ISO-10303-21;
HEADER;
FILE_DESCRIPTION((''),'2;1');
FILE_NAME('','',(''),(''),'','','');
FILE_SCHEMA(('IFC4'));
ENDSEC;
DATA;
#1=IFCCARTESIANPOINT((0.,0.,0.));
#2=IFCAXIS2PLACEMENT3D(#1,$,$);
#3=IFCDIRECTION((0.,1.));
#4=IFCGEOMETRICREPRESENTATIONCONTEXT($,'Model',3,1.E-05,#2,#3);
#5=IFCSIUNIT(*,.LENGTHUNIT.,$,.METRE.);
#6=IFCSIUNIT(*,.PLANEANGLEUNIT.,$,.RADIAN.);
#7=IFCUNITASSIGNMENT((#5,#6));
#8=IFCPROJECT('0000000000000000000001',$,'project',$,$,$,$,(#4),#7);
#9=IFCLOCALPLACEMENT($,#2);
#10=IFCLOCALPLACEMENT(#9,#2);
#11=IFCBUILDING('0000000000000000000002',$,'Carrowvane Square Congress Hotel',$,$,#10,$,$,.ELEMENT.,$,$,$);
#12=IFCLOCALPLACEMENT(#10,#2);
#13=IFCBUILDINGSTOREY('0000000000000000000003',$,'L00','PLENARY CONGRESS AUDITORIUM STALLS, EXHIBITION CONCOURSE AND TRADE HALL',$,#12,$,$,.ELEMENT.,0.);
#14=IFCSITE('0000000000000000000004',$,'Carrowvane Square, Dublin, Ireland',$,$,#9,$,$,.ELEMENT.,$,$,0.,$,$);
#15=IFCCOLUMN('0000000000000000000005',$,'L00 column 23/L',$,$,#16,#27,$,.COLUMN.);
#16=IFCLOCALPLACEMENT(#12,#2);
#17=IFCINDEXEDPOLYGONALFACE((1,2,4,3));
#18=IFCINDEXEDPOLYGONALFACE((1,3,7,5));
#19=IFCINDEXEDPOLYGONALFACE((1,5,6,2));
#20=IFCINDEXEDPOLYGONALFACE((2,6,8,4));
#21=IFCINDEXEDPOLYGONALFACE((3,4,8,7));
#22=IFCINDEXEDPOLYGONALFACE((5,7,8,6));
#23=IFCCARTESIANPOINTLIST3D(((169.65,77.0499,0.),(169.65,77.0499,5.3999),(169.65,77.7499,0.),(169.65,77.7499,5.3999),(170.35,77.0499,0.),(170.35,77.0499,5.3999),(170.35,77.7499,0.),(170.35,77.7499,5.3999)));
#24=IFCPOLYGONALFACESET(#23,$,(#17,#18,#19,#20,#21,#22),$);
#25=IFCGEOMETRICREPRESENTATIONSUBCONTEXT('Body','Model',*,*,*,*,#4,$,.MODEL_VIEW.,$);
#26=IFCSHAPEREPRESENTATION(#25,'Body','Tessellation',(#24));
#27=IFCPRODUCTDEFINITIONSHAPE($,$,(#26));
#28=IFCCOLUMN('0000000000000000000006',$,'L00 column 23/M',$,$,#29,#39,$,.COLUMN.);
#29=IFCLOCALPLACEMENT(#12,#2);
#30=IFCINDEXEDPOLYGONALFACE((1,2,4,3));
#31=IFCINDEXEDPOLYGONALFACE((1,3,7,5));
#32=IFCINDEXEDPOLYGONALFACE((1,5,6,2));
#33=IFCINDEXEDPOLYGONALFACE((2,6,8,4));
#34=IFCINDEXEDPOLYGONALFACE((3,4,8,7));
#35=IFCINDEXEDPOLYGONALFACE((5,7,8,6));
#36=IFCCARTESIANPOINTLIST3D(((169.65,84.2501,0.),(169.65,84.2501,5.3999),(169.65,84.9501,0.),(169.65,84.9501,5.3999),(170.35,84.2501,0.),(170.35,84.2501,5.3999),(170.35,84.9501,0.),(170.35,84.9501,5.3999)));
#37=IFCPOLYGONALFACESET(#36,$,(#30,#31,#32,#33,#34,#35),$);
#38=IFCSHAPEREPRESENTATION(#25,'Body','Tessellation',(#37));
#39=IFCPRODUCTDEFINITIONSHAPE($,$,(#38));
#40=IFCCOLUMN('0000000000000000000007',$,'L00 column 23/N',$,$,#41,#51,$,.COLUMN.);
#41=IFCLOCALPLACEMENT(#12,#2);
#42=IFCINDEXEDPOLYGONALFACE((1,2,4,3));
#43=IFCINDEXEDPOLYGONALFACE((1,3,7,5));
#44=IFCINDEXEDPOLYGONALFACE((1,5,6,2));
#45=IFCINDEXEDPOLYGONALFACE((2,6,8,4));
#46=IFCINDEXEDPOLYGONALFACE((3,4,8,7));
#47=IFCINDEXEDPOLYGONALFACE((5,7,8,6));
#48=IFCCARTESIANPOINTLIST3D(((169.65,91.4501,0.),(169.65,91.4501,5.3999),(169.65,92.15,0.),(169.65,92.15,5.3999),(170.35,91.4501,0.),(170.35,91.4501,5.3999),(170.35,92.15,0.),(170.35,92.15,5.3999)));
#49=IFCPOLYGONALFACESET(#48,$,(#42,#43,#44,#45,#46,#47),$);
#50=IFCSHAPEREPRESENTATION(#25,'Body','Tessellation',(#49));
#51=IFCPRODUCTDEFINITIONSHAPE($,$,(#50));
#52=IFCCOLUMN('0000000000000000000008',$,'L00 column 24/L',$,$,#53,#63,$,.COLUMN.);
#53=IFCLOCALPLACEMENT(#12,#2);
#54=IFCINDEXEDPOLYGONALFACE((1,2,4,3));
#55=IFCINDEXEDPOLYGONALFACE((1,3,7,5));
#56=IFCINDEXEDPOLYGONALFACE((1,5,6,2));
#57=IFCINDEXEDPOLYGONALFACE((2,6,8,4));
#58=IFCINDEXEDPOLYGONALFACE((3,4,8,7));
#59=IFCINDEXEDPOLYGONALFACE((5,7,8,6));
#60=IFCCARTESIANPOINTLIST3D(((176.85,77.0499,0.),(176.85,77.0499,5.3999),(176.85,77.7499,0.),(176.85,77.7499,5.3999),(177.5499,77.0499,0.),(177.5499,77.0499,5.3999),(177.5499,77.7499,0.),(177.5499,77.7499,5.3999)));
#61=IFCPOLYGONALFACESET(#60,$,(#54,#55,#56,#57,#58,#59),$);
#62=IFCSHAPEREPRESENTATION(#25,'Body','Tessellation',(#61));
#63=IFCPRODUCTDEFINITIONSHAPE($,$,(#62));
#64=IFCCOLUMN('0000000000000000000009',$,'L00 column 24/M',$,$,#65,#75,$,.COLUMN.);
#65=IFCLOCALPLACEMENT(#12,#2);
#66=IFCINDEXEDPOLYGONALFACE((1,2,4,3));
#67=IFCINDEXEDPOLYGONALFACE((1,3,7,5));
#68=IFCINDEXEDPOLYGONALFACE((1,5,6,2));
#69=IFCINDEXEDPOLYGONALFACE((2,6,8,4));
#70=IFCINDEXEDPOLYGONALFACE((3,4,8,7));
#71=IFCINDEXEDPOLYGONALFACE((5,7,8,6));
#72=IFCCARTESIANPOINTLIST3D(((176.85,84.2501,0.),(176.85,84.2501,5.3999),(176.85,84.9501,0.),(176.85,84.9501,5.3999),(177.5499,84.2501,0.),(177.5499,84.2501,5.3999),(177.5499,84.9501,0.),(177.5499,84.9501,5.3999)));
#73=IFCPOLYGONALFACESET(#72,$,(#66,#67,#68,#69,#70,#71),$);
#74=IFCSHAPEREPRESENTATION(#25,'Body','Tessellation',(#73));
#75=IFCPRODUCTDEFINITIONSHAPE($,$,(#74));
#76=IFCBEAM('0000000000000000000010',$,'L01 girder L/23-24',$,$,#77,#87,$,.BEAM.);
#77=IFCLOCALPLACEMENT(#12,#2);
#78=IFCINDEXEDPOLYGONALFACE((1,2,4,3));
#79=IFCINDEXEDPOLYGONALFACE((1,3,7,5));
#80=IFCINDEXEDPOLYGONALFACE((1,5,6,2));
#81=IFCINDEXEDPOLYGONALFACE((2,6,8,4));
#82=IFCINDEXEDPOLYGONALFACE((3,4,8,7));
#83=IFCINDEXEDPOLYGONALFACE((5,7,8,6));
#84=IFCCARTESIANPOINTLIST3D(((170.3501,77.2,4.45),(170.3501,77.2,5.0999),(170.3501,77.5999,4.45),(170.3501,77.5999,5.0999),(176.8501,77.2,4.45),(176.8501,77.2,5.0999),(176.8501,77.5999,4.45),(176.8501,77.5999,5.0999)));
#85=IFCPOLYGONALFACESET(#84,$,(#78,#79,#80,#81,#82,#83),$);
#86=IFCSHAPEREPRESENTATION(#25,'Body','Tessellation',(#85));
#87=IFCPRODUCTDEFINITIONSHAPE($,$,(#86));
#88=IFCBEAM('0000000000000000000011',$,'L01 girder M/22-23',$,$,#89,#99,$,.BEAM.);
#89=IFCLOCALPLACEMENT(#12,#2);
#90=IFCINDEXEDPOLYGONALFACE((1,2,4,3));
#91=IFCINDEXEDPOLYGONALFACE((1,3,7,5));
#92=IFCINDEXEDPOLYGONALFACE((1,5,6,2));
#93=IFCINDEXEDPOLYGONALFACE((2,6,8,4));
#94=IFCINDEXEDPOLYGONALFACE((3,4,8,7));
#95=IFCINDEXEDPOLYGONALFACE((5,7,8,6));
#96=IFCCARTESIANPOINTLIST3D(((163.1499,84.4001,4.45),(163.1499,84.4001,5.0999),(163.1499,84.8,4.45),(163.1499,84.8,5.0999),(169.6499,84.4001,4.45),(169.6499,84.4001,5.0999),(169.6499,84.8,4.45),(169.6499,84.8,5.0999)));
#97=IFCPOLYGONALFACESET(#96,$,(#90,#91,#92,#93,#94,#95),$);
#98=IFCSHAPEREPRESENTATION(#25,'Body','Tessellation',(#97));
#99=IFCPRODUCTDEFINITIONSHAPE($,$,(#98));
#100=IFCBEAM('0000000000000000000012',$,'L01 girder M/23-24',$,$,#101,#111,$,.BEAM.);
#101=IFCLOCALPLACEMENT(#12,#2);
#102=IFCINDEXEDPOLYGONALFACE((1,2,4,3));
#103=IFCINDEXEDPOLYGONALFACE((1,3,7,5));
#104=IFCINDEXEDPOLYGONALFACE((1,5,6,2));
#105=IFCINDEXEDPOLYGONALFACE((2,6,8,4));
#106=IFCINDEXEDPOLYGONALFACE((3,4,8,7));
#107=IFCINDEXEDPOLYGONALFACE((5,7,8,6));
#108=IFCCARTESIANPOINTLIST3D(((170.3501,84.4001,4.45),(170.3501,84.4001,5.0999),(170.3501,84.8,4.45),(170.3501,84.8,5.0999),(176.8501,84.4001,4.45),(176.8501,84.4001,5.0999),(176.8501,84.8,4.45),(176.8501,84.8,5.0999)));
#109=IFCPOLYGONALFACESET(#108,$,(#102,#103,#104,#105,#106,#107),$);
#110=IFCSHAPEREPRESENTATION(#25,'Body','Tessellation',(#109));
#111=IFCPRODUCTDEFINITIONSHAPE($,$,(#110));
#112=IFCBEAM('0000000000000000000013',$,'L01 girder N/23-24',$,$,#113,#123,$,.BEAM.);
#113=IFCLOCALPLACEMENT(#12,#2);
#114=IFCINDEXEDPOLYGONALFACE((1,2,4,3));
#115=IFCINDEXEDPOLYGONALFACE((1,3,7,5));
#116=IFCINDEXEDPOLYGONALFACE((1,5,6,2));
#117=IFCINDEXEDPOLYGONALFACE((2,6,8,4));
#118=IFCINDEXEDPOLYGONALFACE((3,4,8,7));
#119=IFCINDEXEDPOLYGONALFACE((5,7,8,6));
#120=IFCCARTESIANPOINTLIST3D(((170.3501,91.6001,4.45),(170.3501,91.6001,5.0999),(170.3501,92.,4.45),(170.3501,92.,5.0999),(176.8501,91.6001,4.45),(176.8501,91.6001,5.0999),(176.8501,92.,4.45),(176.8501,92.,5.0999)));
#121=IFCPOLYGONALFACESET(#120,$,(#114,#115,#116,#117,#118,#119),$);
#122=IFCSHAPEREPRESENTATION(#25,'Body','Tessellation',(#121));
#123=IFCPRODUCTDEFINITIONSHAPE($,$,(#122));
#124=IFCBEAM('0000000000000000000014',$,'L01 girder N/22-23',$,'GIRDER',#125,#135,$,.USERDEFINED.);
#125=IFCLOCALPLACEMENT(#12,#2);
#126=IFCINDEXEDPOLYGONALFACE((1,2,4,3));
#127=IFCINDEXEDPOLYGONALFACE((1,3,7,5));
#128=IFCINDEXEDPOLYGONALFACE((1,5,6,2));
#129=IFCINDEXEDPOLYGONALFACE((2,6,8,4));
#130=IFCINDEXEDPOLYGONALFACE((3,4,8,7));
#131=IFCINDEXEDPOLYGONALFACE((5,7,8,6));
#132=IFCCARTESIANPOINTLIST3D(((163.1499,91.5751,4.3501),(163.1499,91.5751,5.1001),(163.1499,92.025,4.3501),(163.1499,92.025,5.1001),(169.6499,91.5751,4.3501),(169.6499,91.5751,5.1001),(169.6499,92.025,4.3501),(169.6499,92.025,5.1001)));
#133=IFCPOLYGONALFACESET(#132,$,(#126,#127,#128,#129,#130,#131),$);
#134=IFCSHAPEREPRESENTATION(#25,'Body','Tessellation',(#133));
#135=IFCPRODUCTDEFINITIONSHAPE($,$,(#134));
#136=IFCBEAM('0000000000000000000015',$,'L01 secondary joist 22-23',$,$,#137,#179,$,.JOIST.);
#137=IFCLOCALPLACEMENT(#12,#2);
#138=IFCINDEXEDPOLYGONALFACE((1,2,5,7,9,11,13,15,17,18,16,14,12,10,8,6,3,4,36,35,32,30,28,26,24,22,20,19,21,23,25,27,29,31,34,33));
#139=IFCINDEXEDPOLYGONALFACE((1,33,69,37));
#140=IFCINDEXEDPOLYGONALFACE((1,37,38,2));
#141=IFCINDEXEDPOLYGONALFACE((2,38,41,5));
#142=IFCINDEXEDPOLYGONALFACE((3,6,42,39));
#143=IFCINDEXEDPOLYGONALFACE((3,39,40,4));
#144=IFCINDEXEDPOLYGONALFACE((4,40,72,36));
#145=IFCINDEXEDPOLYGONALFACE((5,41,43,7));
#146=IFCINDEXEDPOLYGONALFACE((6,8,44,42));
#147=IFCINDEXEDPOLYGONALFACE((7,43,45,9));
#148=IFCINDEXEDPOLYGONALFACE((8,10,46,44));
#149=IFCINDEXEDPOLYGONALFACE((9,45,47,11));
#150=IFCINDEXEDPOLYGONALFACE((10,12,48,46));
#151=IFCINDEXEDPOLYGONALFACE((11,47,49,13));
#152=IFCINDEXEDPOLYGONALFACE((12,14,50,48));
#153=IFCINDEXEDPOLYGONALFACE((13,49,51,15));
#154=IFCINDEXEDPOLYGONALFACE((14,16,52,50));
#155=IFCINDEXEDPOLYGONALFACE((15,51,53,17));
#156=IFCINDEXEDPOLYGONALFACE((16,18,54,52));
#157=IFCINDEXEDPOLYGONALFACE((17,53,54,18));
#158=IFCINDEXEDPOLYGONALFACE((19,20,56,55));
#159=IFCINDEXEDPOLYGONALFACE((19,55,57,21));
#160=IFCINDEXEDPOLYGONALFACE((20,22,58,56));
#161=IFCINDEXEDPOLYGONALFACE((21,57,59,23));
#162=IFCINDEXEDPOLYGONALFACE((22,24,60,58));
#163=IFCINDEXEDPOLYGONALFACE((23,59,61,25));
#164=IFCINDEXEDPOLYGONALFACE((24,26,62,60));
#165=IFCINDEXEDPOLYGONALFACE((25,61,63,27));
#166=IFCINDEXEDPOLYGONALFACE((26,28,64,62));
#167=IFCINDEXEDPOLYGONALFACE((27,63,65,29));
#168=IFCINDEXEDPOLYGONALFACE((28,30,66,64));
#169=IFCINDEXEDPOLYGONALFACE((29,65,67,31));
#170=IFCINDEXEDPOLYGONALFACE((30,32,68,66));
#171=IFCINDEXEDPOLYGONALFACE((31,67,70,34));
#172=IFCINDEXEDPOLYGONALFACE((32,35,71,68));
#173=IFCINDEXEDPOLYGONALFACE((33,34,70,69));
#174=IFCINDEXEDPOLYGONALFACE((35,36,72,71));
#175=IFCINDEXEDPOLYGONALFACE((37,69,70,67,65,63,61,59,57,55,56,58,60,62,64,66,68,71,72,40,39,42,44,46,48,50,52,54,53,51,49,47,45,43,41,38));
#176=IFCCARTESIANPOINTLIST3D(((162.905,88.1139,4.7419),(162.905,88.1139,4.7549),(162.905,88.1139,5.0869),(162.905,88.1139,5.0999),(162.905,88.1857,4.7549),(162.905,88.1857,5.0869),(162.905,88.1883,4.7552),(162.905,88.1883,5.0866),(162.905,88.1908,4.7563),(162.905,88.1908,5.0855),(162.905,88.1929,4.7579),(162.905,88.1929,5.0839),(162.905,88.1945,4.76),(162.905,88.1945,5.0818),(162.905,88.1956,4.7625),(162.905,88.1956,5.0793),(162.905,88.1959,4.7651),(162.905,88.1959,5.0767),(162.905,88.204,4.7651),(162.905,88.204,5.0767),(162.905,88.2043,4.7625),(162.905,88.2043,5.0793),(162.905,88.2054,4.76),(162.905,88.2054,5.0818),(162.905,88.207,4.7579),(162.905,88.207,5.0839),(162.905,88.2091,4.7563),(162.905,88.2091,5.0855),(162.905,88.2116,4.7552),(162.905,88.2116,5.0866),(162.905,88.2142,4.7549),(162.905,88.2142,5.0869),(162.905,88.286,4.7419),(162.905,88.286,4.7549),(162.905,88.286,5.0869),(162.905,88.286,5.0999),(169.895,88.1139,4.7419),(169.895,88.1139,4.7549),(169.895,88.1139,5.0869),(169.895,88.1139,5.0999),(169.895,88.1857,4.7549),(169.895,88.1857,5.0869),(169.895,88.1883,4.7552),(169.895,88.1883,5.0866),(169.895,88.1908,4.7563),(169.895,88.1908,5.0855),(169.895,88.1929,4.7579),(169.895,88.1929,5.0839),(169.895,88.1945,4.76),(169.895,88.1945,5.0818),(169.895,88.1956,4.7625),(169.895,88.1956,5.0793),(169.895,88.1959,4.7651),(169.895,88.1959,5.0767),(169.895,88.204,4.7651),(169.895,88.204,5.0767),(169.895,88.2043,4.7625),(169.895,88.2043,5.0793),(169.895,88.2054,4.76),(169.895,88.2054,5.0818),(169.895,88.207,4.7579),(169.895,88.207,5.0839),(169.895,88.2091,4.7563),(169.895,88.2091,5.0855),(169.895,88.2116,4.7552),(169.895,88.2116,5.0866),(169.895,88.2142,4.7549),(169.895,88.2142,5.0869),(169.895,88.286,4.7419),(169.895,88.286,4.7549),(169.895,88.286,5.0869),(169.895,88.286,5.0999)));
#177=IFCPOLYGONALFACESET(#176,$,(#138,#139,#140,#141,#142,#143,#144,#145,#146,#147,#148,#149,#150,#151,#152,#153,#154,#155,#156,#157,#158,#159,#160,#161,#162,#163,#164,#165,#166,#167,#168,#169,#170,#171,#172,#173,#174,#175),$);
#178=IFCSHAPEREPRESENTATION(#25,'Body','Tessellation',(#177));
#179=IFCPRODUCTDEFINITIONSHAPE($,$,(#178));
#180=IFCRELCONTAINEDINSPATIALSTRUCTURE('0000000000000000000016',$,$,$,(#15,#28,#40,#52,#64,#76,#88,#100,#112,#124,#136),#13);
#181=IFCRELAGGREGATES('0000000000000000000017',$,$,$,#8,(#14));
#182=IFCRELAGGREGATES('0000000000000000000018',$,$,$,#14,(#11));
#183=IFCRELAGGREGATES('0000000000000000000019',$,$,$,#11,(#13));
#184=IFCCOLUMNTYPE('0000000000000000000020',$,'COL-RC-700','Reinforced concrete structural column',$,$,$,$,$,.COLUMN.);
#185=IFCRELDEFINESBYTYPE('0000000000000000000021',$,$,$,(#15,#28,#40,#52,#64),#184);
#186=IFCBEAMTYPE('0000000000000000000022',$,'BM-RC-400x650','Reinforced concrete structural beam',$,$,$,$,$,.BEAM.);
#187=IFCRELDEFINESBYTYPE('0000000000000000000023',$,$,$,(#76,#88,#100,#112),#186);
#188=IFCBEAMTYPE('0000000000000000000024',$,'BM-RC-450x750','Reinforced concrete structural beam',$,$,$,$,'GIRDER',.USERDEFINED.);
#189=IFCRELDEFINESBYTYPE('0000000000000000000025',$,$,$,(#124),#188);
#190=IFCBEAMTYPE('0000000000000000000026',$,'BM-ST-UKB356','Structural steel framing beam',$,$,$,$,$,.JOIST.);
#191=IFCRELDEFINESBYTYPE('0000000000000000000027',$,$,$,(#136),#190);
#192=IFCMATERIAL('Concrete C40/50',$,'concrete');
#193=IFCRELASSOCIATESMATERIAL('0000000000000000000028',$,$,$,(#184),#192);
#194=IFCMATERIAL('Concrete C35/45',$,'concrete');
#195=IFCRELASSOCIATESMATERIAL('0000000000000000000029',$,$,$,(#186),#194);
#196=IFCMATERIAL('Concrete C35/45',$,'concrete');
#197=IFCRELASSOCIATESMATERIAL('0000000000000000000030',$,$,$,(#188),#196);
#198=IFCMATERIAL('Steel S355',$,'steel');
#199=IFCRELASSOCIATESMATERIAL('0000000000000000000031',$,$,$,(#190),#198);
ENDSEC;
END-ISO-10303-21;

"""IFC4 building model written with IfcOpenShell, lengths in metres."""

from ifc_helpers import new_model, si_unit, direction, frame, origin, origin_2d, place, context, subcontext, project, spatial, rectangle, i_section, extrude, material, material_profile, profile_set, type_object, element, save


model = new_model("IFC4")

# Units and contexts
model_context = context("Model", 3, precision=1e-05, world=origin(), true_north=direction((0.0, 1.0)))
body_context = subcontext(model_context, "Body", "Model", "MODEL_VIEW")
ifc_project = project(units=[si_unit("LENGTHUNIT", "METRE"), si_unit("PLANEANGLEUNIT", "RADIAN")], contexts=[model_context])

# Site, building, storey
site_placement = place(None, origin())
site = spatial("IfcSite", under=ifc_project, at=site_placement, Name="Carrowvane Square, Dublin, Ireland", CompositionType="ELEMENT", RefElevation=0.0)
building_placement = place(site_placement, origin())
building = spatial("IfcBuilding", under=site, at=building_placement, Name="Carrowvane Square Congress Hotel", CompositionType="ELEMENT")
storey_placement = place(building_placement, origin())
storey = spatial("IfcBuildingStorey", under=building, at=storey_placement, Name="L00", Description="PLENARY CONGRESS AUDITORIUM STALLS, EXHIBITION CONCOURSE AND TRADE HALL", CompositionType="ELEMENT", Elevation=0.0)

# Columns
ifc_material_1 = material(Name="Concrete C40/50", Category="concrete")
ifc_material_profile_1 = material_profile(ifc_material_1, rectangle(XDim=0.7, YDim=0.7, at=origin_2d()), Name="RC 700x700")
ifc_profile_set_1 = profile_set([ifc_material_profile_1], Name="Concrete C40/50")
column_type = type_object("IfcColumnType", Name="COL-RC-700", Description="Reinforced concrete structural column", PredefinedType="COLUMN", material=ifc_profile_set_1)
for number, where, z_axis, x_axis, name in (
    (1, (170.0, 77.3999, 0.0), (0.0, 0.0, 1.0), (1.0, 0.0, 0.0), "L00 column 23/L"),
    (2, (170.0, 84.6001, 0.0), (0.0, 0.0, 1.0), (1.0, 0.0, 0.0), "L00 column 23/M"),
    (3, (170.0, 91.8, 0.0), (0.0, 0.0, 1.0), (1.0, 0.0, 0.0), "L00 column 23/N"),
    (4, (177.2, 77.3999, 0.0), (0.0, 0.0, 1.0), (1.0, 0.0, 0.0), "L00 column 24/L"),
    (5, (177.2, 84.6001, 0.0), (0.0, 0.0, 1.0), (1.0, 0.0, 0.0), "L00 column 24/M"),
):
    element("IfcColumn", number, at=place(storey_placement, frame(where, z_axis=z_axis, x_axis=x_axis)), inside=storey, type_object=column_type, Name=name, PredefinedType="COLUMN", context=body_context, shape_type="SweptSolid", body=[
        extrude(rectangle(XDim=0.7, YDim=0.7, at=origin_2d()), origin(), (0.0, 0.0, 1.0), 5.3999),
    ])

# Beams
ifc_material_2 = material(Name="Concrete C35/45", Category="concrete")
ifc_material_profile_2 = material_profile(ifc_material_2, rectangle(XDim=0.3999, YDim=0.6499, at=origin_2d()), Name="RC 400x650")
ifc_profile_set_2 = profile_set([ifc_material_profile_2], Name="Concrete C35/45")
beam_type_1 = type_object("IfcBeamType", Name="BM-RC-400x650", Description="Reinforced concrete structural beam", PredefinedType="BEAM", material=ifc_profile_set_2)
for number, where, z_axis, x_axis, name in (
    (6, (170.3501, 77.3999, 4.7749), (1.0, 0.0, 0.0), (0.0, 1.0, 0.0), "L01 girder L/23-24"),
    (7, (163.1499, 84.6001, 4.7749), (1.0, 0.0, 0.0), (0.0, 1.0, 0.0), "L01 girder M/22-23"),
    (8, (170.3501, 84.6001, 4.7749), (1.0, 0.0, 0.0), (0.0, 1.0, 0.0), "L01 girder M/23-24"),
    (9, (170.3501, 91.8, 4.7749), (1.0, 0.0, 0.0), (0.0, 1.0, 0.0), "L01 girder N/23-24"),
):
    element("IfcBeam", number, at=place(storey_placement, frame(where, z_axis=z_axis, x_axis=x_axis)), inside=storey, type_object=beam_type_1, Name=name, PredefinedType="BEAM", context=body_context, shape_type="SweptSolid", body=[
        extrude(rectangle(XDim=0.3999, YDim=0.6499, at=origin_2d()), origin(), (0.0, 0.0, 1.0), 6.5),
    ])
ifc_material_3 = material(Name="Concrete C35/45", Category="concrete")
ifc_material_profile_3 = material_profile(ifc_material_3, rectangle(XDim=0.45, YDim=0.75, at=origin_2d()), Name="RC 450x750")
ifc_profile_set_3 = profile_set([ifc_material_profile_3], Name="Concrete C35/45")
beam_type_2 = type_object("IfcBeamType", Name="BM-RC-450x750", Description="Reinforced concrete structural beam", ElementType="GIRDER", PredefinedType="USERDEFINED", material=ifc_profile_set_3)
beam_placement = place(storey_placement, frame((163.1499, 91.8, 4.7251), z_axis=(1.0, 0.0, 0.0), x_axis=(0.0, 1.0, 0.0)))
element("IfcBeam", 10, at=beam_placement, inside=storey, type_object=beam_type_2, Name="L01 girder N/22-23", ObjectType="GIRDER", PredefinedType="USERDEFINED", context=body_context, shape_type="SweptSolid", body=[
    extrude(rectangle(XDim=0.45, YDim=0.75, at=origin_2d()), origin(), (0.0, 0.0, 1.0), 6.5),
])
ifc_material_4 = material(Name="Steel S355", Category="steel")
ifc_material_profile_4 = material_profile(ifc_material_4, i_section(OverallWidth=0.1721, OverallDepth=0.3579, WebThickness=0.0081, FlangeThickness=0.0129, FilletRadius=0.0103, at=origin_2d()), Name="UKB 356x171x57")
ifc_profile_set_4 = profile_set([ifc_material_profile_4], Name="Steel S355")
beam_type_3 = type_object("IfcBeamType", Name="BM-ST-UKB356", Description="Structural steel framing beam", PredefinedType="JOIST", material=ifc_profile_set_4)
for number, where, z_axis, x_axis, name in (
    (11, (162.905, 88.2, 4.9209), (1.0, 0.0, 0.0), (0.0, 1.0, 0.0), "L01 secondary joist 22-23"),
):
    element("IfcBeam", number, at=place(storey_placement, frame(where, z_axis=z_axis, x_axis=x_axis)), inside=storey, type_object=beam_type_3, Name=name, PredefinedType="JOIST", context=body_context, shape_type="SweptSolid", body=[
        extrude(i_section(OverallWidth=0.1721, OverallDepth=0.3579, WebThickness=0.0081, FlangeThickness=0.0129, FilletRadius=0.0103, at=origin_2d()), origin(), (0.0, 0.0, 1.0), 6.99),
    ])

save(model, "model.ifc")
